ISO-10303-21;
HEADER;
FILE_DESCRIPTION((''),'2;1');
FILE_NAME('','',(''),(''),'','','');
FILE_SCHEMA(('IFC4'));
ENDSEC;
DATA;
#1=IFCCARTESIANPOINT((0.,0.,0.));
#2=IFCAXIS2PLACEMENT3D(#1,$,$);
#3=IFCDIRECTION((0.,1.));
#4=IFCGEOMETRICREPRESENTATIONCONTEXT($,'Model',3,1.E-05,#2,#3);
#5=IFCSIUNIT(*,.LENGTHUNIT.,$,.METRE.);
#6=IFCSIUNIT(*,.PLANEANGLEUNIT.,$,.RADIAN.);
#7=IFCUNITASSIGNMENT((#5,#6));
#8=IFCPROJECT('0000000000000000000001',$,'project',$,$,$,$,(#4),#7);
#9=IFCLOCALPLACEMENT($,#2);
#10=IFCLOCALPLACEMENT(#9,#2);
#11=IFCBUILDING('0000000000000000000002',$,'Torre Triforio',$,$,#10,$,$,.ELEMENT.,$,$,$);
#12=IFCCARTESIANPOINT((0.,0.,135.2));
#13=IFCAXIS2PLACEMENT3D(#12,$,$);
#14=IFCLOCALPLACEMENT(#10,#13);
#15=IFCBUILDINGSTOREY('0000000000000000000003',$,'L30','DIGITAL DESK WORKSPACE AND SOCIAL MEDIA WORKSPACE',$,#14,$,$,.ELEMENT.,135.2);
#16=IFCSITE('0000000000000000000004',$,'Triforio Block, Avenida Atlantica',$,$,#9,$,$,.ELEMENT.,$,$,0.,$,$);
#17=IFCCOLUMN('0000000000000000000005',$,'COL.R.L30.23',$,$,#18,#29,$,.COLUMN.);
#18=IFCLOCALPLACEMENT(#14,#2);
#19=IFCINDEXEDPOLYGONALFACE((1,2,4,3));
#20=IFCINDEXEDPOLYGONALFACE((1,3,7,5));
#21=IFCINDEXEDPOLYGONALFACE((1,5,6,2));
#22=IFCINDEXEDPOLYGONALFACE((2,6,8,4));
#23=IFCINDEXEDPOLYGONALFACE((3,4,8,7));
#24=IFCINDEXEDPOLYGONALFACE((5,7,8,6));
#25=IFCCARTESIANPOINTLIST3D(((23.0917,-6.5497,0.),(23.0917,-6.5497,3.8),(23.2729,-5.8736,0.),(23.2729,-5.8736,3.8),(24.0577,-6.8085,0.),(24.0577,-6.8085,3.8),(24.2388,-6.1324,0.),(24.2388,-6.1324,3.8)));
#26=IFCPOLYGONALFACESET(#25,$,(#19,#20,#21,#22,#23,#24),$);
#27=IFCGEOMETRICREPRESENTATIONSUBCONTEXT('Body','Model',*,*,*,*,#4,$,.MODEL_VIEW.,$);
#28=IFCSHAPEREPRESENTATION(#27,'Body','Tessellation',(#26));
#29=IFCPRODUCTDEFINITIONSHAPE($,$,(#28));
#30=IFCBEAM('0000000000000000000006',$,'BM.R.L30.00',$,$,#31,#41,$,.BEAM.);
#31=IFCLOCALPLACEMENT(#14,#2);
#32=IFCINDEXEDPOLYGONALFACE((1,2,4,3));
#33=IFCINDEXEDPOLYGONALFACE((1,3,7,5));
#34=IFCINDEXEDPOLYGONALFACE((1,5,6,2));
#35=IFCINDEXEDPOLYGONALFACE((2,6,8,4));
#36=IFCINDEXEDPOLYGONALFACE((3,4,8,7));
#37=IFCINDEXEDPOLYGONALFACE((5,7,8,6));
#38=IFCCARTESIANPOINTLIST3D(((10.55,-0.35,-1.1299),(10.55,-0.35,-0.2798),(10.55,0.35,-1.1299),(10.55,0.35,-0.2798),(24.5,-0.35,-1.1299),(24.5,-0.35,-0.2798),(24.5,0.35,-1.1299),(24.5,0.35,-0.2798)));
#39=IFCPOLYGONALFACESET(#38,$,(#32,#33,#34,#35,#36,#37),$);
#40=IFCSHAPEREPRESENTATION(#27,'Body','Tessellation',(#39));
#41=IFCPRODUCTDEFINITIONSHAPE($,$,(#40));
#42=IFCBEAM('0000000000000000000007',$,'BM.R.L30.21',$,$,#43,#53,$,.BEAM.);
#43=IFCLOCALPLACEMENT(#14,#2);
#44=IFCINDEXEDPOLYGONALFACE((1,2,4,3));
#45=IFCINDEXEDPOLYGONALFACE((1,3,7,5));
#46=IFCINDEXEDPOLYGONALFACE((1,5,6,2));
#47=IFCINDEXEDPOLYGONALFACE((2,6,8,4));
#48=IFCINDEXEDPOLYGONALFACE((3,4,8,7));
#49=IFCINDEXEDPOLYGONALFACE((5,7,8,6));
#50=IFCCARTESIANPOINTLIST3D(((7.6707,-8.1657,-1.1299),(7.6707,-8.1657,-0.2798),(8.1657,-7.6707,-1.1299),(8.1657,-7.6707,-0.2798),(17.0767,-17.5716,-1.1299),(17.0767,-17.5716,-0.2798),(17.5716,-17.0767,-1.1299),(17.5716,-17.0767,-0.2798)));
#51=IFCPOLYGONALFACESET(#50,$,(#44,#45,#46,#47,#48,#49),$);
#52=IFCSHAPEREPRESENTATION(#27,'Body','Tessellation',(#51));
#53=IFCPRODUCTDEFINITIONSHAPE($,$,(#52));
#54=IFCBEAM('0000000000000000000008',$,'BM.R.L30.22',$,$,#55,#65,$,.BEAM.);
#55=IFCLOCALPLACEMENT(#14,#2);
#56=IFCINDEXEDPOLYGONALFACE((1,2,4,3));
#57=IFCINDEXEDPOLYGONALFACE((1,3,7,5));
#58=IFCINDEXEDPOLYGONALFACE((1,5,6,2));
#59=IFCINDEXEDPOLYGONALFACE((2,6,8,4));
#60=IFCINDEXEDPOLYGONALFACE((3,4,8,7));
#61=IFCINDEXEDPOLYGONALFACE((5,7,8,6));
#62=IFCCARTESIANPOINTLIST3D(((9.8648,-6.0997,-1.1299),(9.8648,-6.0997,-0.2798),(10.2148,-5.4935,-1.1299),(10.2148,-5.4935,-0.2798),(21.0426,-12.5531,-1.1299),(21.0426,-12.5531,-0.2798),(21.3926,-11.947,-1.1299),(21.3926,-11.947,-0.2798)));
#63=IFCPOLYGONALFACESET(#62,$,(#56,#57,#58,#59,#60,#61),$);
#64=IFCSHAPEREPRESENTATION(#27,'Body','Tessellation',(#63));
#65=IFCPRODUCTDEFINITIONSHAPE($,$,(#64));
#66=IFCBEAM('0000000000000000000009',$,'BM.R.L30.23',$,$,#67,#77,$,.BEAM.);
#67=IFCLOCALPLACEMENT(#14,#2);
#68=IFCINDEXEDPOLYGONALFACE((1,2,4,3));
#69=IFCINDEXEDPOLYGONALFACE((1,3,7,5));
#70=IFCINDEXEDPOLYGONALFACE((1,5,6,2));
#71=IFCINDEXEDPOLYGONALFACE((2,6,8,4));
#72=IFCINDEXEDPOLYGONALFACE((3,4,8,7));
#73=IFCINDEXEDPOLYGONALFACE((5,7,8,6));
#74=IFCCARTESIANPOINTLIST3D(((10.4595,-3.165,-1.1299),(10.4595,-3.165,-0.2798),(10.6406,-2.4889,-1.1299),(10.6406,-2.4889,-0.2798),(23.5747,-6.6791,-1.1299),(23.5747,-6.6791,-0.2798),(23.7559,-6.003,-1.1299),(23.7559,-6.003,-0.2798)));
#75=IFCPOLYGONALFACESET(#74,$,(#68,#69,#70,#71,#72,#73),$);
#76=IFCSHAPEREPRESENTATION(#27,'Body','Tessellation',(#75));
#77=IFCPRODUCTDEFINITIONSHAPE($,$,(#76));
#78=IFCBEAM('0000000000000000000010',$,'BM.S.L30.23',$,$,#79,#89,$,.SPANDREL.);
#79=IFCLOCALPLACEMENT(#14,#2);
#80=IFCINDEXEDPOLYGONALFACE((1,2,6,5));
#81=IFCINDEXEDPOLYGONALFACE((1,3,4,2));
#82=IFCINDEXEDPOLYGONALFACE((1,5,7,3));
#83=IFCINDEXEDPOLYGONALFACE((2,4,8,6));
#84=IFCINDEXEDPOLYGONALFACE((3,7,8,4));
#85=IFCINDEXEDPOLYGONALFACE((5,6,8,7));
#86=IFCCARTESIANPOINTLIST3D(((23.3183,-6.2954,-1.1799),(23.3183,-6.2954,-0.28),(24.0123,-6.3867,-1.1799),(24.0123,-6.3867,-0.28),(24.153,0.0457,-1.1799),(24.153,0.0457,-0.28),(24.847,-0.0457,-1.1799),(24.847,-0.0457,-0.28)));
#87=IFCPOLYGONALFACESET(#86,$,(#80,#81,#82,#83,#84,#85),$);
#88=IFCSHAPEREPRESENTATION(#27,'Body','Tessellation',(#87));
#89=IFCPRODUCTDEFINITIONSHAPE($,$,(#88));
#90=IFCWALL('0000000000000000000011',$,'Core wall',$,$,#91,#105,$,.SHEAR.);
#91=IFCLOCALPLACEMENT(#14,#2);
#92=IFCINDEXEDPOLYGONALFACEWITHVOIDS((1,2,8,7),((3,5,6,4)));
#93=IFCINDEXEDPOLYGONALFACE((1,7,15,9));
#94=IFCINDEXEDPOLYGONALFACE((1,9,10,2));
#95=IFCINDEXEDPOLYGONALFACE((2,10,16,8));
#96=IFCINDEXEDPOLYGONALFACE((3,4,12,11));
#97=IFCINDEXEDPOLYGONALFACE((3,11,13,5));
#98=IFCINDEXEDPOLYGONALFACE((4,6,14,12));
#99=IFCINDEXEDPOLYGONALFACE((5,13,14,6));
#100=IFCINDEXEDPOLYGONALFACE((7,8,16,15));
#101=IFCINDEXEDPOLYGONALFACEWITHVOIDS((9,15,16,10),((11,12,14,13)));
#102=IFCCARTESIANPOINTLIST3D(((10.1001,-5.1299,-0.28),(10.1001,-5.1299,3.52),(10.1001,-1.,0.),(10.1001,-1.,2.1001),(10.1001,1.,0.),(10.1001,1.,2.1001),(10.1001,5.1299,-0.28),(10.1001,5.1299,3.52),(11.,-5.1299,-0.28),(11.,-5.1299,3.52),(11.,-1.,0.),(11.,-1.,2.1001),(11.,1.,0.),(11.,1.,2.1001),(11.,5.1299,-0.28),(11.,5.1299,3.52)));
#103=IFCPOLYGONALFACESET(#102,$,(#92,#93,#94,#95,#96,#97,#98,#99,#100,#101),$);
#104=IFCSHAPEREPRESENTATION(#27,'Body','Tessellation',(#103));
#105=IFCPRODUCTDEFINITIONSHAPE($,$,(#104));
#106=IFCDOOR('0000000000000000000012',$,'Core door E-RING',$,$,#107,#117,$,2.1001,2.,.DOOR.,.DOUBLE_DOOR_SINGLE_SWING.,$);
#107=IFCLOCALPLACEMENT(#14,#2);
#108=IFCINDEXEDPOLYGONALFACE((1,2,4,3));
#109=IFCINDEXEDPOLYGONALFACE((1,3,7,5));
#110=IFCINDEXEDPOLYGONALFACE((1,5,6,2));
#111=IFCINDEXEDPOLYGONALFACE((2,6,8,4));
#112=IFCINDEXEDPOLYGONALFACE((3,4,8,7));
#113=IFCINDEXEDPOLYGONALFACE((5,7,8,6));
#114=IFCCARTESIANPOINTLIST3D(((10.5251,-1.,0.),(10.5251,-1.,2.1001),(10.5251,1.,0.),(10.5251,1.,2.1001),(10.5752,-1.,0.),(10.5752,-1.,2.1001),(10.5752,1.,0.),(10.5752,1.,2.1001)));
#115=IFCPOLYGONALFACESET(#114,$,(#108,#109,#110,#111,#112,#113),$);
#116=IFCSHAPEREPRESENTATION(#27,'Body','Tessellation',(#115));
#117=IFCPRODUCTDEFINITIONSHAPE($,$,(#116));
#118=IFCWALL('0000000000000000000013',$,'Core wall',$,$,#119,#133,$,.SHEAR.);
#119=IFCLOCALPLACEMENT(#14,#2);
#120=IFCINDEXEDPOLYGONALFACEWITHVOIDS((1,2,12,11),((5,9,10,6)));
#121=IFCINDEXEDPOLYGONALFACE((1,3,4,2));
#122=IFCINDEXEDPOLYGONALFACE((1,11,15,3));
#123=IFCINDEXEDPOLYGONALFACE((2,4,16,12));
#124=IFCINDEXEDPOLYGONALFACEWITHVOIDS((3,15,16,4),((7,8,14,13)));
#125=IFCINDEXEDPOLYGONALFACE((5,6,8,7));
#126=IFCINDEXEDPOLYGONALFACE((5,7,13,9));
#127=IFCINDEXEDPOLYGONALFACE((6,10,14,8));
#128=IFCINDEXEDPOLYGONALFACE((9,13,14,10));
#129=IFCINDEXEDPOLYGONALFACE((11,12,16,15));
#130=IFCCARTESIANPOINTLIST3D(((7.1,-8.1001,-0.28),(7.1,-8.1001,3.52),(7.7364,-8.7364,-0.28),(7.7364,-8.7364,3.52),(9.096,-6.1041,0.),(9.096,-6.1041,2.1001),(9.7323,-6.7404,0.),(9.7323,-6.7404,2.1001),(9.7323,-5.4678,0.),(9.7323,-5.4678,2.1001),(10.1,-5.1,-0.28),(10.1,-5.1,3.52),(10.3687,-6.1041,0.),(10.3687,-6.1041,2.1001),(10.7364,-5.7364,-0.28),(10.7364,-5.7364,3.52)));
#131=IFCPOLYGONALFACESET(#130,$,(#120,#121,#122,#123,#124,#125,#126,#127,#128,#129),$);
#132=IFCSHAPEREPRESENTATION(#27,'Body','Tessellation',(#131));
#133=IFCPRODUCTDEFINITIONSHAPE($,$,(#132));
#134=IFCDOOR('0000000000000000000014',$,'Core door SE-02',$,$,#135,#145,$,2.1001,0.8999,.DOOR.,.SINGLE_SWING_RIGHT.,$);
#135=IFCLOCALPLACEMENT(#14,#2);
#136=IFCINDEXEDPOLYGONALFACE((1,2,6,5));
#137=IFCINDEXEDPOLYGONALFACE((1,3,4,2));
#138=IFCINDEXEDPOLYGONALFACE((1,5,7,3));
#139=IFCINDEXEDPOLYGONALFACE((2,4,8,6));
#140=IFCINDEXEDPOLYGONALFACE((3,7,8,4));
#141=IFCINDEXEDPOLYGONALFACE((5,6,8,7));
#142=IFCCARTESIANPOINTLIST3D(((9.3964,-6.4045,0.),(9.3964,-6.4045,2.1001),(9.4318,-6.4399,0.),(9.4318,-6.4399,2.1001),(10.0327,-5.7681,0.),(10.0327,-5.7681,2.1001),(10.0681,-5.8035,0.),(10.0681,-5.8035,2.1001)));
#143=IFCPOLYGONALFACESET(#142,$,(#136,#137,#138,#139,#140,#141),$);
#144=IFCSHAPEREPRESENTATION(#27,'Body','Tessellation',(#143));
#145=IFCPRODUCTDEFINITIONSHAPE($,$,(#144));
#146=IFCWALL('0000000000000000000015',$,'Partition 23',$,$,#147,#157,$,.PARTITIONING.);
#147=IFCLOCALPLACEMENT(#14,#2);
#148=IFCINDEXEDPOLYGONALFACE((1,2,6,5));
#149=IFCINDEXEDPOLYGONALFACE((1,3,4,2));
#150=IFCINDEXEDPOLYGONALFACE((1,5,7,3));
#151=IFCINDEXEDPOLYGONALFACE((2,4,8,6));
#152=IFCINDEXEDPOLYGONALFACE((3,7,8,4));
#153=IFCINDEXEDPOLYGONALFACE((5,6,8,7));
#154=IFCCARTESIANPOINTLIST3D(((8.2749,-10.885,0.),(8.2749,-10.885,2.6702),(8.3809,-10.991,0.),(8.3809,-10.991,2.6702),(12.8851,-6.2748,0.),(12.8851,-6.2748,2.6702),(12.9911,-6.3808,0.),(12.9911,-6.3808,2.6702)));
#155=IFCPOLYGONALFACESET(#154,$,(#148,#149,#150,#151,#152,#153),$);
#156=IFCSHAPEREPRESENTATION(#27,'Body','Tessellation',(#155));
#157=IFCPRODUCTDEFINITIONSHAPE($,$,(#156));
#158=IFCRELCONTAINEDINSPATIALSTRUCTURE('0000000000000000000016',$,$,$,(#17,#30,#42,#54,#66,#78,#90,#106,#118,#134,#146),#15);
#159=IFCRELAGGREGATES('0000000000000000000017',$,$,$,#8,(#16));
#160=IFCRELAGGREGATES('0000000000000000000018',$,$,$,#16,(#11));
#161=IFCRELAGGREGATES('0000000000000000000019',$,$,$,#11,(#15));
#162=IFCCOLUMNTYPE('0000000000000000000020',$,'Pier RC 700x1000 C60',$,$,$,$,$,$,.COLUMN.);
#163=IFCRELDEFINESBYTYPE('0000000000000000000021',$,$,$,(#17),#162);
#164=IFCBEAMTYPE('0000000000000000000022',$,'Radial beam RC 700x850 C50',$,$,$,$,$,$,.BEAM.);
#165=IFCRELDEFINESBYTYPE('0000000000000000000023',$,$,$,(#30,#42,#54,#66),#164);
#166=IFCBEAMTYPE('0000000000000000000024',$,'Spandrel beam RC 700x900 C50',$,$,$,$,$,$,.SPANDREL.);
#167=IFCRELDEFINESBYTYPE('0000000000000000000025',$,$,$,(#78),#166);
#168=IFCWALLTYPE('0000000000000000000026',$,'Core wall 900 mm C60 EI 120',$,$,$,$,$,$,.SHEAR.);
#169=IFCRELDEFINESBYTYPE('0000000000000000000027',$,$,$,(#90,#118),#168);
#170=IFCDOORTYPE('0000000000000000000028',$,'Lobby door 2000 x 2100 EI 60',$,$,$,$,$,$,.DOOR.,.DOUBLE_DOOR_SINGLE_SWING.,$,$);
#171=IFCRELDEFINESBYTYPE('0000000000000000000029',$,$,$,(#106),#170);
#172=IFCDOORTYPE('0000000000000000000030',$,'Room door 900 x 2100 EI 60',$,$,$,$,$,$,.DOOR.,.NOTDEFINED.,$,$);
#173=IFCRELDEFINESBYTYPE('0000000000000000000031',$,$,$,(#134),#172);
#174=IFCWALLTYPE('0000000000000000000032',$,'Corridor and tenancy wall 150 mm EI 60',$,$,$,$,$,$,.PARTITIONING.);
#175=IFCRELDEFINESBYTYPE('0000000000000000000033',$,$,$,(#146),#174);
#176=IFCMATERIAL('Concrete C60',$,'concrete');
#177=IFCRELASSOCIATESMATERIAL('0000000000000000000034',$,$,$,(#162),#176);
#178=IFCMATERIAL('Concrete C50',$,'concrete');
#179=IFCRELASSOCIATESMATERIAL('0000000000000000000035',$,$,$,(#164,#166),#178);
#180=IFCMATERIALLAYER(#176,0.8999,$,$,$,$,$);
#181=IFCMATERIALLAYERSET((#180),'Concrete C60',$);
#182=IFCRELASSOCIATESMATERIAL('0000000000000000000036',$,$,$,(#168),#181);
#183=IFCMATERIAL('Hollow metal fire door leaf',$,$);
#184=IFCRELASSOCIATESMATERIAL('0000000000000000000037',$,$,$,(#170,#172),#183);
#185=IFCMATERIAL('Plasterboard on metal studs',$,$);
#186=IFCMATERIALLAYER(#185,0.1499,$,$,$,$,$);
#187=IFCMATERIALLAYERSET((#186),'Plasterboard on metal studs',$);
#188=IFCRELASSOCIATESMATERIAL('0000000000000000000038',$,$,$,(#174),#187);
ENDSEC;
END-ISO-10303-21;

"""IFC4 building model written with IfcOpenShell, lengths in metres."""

from ifc_helpers import new_model, si_unit, direction, frame, frame_2d, origin, origin_2d, place, context, subcontext, project, spatial, rectangle, extrude, material, layer, layer_set, material_profile, profile_set, type_object, element, fill, save


model = new_model("IFC4")

# Units and contexts
model_context = context("Model", 3, precision=1e-05, world=origin(), true_north=direction((0.0, 1.0)))
body_context = subcontext(model_context, "Body", "Model", "MODEL_VIEW")
ifc_project = project(units=[si_unit("LENGTHUNIT", "METRE"), si_unit("PLANEANGLEUNIT", "RADIAN")], contexts=[model_context])

# Site, building, storey
site_placement = place(None, origin())
site = spatial("IfcSite", under=ifc_project, at=site_placement, Name="Triforio Block, Avenida Atlantica", CompositionType="ELEMENT", RefElevation=0.0)
building_placement = place(site_placement, origin())
building = spatial("IfcBuilding", under=site, at=building_placement, Name="Torre Triforio", CompositionType="ELEMENT")
storey_placement = place(building_placement, frame((0.0, 0.0, 135.2)))
storey = spatial("IfcBuildingStorey", under=building, at=storey_placement, Name="L30", Description="DIGITAL DESK WORKSPACE AND SOCIAL MEDIA WORKSPACE", CompositionType="ELEMENT", Elevation=135.2)

# Column
ifc_material_1 = material(Name="Concrete C60", Category="concrete")
ifc_material_profile_1 = material_profile(ifc_material_1, rectangle(XDim=0.7, YDim=1.0, at=origin_2d()), Name="RC 700x1000")
ifc_profile_set_1 = profile_set([ifc_material_profile_1], Name="Concrete C60")
column_type = type_object("IfcColumnType", Name="Pier RC 700x1000 C60", PredefinedType="COLUMN", material=ifc_profile_set_1)
column_placement = place(storey_placement, frame((23.6653, -6.3411, 0.0), z_axis=(0.0, 0.0, 1.0), x_axis=(0.258819, 0.965926, 0.0)))
element("IfcColumn", 1, at=column_placement, inside=storey, type_object=column_type, Name="COL.R.L30.23", PredefinedType="COLUMN", context=body_context, shape_type="SweptSolid", body=[
    extrude(rectangle(XDim=0.7, YDim=1.0, at=origin_2d()), origin(), (0.0, 0.0, 1.0), 3.8),
])

# Beams
ifc_material_2 = material(Name="Concrete C50", Category="concrete")
ifc_material_profile_2 = material_profile(ifc_material_2, rectangle(XDim=0.7, YDim=0.8501, at=origin_2d()), Name="RC 700x850")
ifc_profile_set_2 = profile_set([ifc_material_profile_2], Name="Concrete C50")
beam_type_1 = type_object("IfcBeamType", Name="Radial beam RC 700x850 C50", PredefinedType="BEAM", material=ifc_profile_set_2)
beam_1_placement = place(storey_placement, frame((10.55, 0.0, -0.7048), z_axis=(1.0, 0.0, 0.0), x_axis=(0.0, 1.0, 0.0)))
element("IfcBeam", 2, at=beam_1_placement, inside=storey, type_object=beam_type_1, Name="BM.R.L30.00", PredefinedType="BEAM", context=body_context, shape_type="SweptSolid", body=[
    extrude(rectangle(XDim=0.7, YDim=0.8501, at=origin_2d()), origin(), (0.0, 0.0, 1.0), 13.95),
])
beam_2_placement = place(storey_placement, frame((7.9182, -7.9182, -0.7048), z_axis=(0.707107, -0.707107, 0.0), x_axis=(0.707107, 0.707107, 0.0)))
element("IfcBeam", 3, at=beam_2_placement, inside=storey, type_object=beam_type_1, Name="BM.R.L30.21", PredefinedType="BEAM", context=body_context, shape_type="SweptSolid", body=[
    extrude(rectangle(XDim=0.7, YDim=0.8501, at=origin_2d()), origin(), (0.0, 0.0, 1.0), 13.302),
])
beam_3_placement = place(storey_placement, frame((10.0398, -5.7966, -0.7048), z_axis=(0.866029, -0.499994, 0.0), x_axis=(0.499994, 0.866029, 0.0)))
element("IfcBeam", 4, at=beam_3_placement, inside=storey, type_object=beam_type_1, Name="BM.R.L30.22", PredefinedType="BEAM", context=body_context, shape_type="SweptSolid", body=[
    extrude(rectangle(XDim=0.7, YDim=0.8501, at=origin_2d()), origin(), (0.0, 0.0, 1.0), 12.907),
])
beam_4_placement = place(storey_placement, frame((10.55, -2.8269, -0.7048), z_axis=(0.965927, -0.258815, 0.0), x_axis=(0.258815, 0.965927, 0.0)))
element("IfcBeam", 5, at=beam_4_placement, inside=storey, type_object=beam_type_1, Name="BM.R.L30.23", PredefinedType="BEAM", context=body_context, shape_type="SweptSolid", body=[
    extrude(rectangle(XDim=0.7, YDim=0.8501, at=origin_2d()), origin(), (0.0, 0.0, 1.0), 13.5779),
])
ifc_material_profile_3 = material_profile(ifc_material_2, rectangle(XDim=0.7, YDim=0.8999, at=origin_2d()), Name="RC 700x900")
ifc_profile_set_3 = profile_set([ifc_material_profile_3], Name="Concrete C50")
beam_type_2 = type_object("IfcBeamType", Name="Spandrel beam RC 700x900 C50", PredefinedType="SPANDREL", material=ifc_profile_set_3)
beam_5_placement = place(storey_placement, frame((23.6653, -6.3411, -0.73), z_axis=(0.130511, 0.991447, 0.0), x_axis=(-0.991447, 0.130511, 0.0)))
element("IfcBeam", 6, at=beam_5_placement, inside=storey, type_object=beam_type_2, Name="BM.S.L30.23", PredefinedType="SPANDREL", context=body_context, shape_type="SweptSolid", body=[
    extrude(rectangle(XDim=0.7, YDim=0.8999, at=origin_2d()), origin(), (0.0, 0.0, 1.0), 6.3958),
])

# Walls, openings, doors
ifc_layer_1 = layer(ifc_material_1, 0.8999)
ifc_layer_set_1 = layer_set([ifc_layer_1], Name="Concrete C60")
wall_type_1 = type_object("IfcWallType", Name="Core wall 900 mm C60 EI 120", PredefinedType="SHEAR", material=ifc_layer_set_1)
wall_1_placement = place(storey_placement, frame((10.55, -5.1299, -0.28), z_axis=(0.0, 0.0, 1.0), x_axis=(0.0, 1.0, 0.0)))
wall_1 = element("IfcWall", 7, at=wall_1_placement, inside=storey, type_object=wall_type_1, Name="Core wall", PredefinedType="SHEAR", context=body_context, shape_type="SweptSolid", body=[
    extrude(rectangle(XDim=10.2598, YDim=0.8999, at=frame_2d((5.1299, 0.0))), origin(), (0.0, 0.0, 1.0), 3.8),
])
opening_1_placement = place(wall_1_placement, frame((4.1299, 0.0, 0.28)))
opening_1 = element("IfcOpeningElement", 8, at=opening_1_placement, cuts=wall_1, PredefinedType="OPENING", context=body_context, shape_type="SweptSolid", body=[
    extrude(rectangle(XDim=2.0, YDim=2.1001, at=frame_2d((1.0, 1.05))), frame((0.0, 0.46, 0.0), z_axis=(0.0, -1.0, 0.0), x_axis=(1.0, 0.0, 0.0)), (0.0, 0.0, 1.0), 0.9199),
])
ifc_material_3 = material(Name="Hollow metal fire door leaf")
door_type_1 = type_object("IfcDoorType", Name="Lobby door 2000 x 2100 EI 60", OperationType="DOUBLE_DOOR_SINGLE_SWING", PredefinedType="DOOR", material=ifc_material_3)
door_1_placement = place(opening_1_placement, origin())
door_1 = element("IfcDoor", 9, at=door_1_placement, inside=storey, type_object=door_type_1, Name="Core door E-RING", OperationType="DOUBLE_DOOR_SINGLE_SWING", OverallHeight=2.1001, OverallWidth=2.0, PredefinedType="DOOR", context=body_context, shape_type="SweptSolid", body=[
    extrude(rectangle(XDim=2.0, YDim=2.1001, at=frame_2d((1.0, 1.05))), frame((0.0, 0.0249, 0.0), z_axis=(0.0, -1.0, 0.0), x_axis=(1.0, 0.0, 0.0)), (0.0, 0.0, 1.0), 0.05),
])
fill(opening_1, door_1)
wall_2_placement = place(storey_placement, frame((10.4182, -5.4182, -0.28), z_axis=(0.0, 0.0, 1.0), x_axis=(-0.707107, -0.707107, 0.0)))
wall_2 = element("IfcWall", 10, at=wall_2_placement, inside=storey, type_object=wall_type_1, Name="Core wall", PredefinedType="SHEAR", context=body_context, shape_type="SweptSolid", body=[
    extrude(rectangle(XDim=4.2427, YDim=0.8999, at=frame_2d((2.1213, 0.0))), origin(), (0.0, 0.0, 1.0), 3.8),
])
opening_2_placement = place(wall_2_placement, frame((0.52, 0.0, 0.28)))
opening_2 = element("IfcOpeningElement", 11, at=opening_2_placement, cuts=wall_2, PredefinedType="OPENING", context=body_context, shape_type="SweptSolid", body=[
    extrude(rectangle(XDim=0.8999, YDim=2.1001, at=frame_2d((0.45, 1.05))), frame((0.0, 0.46, 0.0), z_axis=(0.0, -1.0, 0.0), x_axis=(1.0, 0.0, 0.0)), (0.0, 0.0, 1.0), 0.9199),
])
door_type_2 = type_object("IfcDoorType", Name="Room door 900 x 2100 EI 60", OperationType="NOTDEFINED", PredefinedType="DOOR", material=ifc_material_3)
door_2_placement = place(opening_2_placement, origin())
door_2 = element("IfcDoor", 12, at=door_2_placement, inside=storey, type_object=door_type_2, Name="Core door SE-02", OperationType="SINGLE_SWING_RIGHT", OverallHeight=2.1001, OverallWidth=0.8999, PredefinedType="DOOR", context=body_context, shape_type="SweptSolid", body=[
    extrude(rectangle(XDim=0.8999, YDim=2.1001, at=frame_2d((0.45, 1.05))), frame((0.0, 0.0249, 0.0), z_axis=(0.0, -1.0, 0.0), x_axis=(1.0, 0.0, 0.0)), (0.0, 0.0, 1.0), 0.05),
])
fill(opening_2, door_2)

# Wall
ifc_material_4 = material(Name="Plasterboard on metal studs")
ifc_layer_2 = layer(ifc_material_4, 0.1499)
ifc_layer_set_2 = layer_set([ifc_layer_2], Name="Plasterboard on metal studs")
wall_type_2 = type_object("IfcWallType", Name="Corridor and tenancy wall 150 mm EI 60", PredefinedType="PARTITIONING", material=ifc_layer_set_2)
wall_3_placement = place(storey_placement, frame((12.938, -6.3279, 0.0), z_axis=(0.0, 0.0, 1.0), x_axis=(-0.707107, -0.707107, 0.0)))
element("IfcWall", 13, at=wall_3_placement, inside=storey, type_object=wall_type_2, Name="Partition 23", PredefinedType="PARTITIONING", context=body_context, shape_type="SweptSolid", body=[
    extrude(rectangle(XDim=6.5198, YDim=0.1499, at=frame_2d((3.2598, 0.0))), origin(), (0.0, 0.0, 1.0), 2.6702),
])

save(model, "model.ifc")
